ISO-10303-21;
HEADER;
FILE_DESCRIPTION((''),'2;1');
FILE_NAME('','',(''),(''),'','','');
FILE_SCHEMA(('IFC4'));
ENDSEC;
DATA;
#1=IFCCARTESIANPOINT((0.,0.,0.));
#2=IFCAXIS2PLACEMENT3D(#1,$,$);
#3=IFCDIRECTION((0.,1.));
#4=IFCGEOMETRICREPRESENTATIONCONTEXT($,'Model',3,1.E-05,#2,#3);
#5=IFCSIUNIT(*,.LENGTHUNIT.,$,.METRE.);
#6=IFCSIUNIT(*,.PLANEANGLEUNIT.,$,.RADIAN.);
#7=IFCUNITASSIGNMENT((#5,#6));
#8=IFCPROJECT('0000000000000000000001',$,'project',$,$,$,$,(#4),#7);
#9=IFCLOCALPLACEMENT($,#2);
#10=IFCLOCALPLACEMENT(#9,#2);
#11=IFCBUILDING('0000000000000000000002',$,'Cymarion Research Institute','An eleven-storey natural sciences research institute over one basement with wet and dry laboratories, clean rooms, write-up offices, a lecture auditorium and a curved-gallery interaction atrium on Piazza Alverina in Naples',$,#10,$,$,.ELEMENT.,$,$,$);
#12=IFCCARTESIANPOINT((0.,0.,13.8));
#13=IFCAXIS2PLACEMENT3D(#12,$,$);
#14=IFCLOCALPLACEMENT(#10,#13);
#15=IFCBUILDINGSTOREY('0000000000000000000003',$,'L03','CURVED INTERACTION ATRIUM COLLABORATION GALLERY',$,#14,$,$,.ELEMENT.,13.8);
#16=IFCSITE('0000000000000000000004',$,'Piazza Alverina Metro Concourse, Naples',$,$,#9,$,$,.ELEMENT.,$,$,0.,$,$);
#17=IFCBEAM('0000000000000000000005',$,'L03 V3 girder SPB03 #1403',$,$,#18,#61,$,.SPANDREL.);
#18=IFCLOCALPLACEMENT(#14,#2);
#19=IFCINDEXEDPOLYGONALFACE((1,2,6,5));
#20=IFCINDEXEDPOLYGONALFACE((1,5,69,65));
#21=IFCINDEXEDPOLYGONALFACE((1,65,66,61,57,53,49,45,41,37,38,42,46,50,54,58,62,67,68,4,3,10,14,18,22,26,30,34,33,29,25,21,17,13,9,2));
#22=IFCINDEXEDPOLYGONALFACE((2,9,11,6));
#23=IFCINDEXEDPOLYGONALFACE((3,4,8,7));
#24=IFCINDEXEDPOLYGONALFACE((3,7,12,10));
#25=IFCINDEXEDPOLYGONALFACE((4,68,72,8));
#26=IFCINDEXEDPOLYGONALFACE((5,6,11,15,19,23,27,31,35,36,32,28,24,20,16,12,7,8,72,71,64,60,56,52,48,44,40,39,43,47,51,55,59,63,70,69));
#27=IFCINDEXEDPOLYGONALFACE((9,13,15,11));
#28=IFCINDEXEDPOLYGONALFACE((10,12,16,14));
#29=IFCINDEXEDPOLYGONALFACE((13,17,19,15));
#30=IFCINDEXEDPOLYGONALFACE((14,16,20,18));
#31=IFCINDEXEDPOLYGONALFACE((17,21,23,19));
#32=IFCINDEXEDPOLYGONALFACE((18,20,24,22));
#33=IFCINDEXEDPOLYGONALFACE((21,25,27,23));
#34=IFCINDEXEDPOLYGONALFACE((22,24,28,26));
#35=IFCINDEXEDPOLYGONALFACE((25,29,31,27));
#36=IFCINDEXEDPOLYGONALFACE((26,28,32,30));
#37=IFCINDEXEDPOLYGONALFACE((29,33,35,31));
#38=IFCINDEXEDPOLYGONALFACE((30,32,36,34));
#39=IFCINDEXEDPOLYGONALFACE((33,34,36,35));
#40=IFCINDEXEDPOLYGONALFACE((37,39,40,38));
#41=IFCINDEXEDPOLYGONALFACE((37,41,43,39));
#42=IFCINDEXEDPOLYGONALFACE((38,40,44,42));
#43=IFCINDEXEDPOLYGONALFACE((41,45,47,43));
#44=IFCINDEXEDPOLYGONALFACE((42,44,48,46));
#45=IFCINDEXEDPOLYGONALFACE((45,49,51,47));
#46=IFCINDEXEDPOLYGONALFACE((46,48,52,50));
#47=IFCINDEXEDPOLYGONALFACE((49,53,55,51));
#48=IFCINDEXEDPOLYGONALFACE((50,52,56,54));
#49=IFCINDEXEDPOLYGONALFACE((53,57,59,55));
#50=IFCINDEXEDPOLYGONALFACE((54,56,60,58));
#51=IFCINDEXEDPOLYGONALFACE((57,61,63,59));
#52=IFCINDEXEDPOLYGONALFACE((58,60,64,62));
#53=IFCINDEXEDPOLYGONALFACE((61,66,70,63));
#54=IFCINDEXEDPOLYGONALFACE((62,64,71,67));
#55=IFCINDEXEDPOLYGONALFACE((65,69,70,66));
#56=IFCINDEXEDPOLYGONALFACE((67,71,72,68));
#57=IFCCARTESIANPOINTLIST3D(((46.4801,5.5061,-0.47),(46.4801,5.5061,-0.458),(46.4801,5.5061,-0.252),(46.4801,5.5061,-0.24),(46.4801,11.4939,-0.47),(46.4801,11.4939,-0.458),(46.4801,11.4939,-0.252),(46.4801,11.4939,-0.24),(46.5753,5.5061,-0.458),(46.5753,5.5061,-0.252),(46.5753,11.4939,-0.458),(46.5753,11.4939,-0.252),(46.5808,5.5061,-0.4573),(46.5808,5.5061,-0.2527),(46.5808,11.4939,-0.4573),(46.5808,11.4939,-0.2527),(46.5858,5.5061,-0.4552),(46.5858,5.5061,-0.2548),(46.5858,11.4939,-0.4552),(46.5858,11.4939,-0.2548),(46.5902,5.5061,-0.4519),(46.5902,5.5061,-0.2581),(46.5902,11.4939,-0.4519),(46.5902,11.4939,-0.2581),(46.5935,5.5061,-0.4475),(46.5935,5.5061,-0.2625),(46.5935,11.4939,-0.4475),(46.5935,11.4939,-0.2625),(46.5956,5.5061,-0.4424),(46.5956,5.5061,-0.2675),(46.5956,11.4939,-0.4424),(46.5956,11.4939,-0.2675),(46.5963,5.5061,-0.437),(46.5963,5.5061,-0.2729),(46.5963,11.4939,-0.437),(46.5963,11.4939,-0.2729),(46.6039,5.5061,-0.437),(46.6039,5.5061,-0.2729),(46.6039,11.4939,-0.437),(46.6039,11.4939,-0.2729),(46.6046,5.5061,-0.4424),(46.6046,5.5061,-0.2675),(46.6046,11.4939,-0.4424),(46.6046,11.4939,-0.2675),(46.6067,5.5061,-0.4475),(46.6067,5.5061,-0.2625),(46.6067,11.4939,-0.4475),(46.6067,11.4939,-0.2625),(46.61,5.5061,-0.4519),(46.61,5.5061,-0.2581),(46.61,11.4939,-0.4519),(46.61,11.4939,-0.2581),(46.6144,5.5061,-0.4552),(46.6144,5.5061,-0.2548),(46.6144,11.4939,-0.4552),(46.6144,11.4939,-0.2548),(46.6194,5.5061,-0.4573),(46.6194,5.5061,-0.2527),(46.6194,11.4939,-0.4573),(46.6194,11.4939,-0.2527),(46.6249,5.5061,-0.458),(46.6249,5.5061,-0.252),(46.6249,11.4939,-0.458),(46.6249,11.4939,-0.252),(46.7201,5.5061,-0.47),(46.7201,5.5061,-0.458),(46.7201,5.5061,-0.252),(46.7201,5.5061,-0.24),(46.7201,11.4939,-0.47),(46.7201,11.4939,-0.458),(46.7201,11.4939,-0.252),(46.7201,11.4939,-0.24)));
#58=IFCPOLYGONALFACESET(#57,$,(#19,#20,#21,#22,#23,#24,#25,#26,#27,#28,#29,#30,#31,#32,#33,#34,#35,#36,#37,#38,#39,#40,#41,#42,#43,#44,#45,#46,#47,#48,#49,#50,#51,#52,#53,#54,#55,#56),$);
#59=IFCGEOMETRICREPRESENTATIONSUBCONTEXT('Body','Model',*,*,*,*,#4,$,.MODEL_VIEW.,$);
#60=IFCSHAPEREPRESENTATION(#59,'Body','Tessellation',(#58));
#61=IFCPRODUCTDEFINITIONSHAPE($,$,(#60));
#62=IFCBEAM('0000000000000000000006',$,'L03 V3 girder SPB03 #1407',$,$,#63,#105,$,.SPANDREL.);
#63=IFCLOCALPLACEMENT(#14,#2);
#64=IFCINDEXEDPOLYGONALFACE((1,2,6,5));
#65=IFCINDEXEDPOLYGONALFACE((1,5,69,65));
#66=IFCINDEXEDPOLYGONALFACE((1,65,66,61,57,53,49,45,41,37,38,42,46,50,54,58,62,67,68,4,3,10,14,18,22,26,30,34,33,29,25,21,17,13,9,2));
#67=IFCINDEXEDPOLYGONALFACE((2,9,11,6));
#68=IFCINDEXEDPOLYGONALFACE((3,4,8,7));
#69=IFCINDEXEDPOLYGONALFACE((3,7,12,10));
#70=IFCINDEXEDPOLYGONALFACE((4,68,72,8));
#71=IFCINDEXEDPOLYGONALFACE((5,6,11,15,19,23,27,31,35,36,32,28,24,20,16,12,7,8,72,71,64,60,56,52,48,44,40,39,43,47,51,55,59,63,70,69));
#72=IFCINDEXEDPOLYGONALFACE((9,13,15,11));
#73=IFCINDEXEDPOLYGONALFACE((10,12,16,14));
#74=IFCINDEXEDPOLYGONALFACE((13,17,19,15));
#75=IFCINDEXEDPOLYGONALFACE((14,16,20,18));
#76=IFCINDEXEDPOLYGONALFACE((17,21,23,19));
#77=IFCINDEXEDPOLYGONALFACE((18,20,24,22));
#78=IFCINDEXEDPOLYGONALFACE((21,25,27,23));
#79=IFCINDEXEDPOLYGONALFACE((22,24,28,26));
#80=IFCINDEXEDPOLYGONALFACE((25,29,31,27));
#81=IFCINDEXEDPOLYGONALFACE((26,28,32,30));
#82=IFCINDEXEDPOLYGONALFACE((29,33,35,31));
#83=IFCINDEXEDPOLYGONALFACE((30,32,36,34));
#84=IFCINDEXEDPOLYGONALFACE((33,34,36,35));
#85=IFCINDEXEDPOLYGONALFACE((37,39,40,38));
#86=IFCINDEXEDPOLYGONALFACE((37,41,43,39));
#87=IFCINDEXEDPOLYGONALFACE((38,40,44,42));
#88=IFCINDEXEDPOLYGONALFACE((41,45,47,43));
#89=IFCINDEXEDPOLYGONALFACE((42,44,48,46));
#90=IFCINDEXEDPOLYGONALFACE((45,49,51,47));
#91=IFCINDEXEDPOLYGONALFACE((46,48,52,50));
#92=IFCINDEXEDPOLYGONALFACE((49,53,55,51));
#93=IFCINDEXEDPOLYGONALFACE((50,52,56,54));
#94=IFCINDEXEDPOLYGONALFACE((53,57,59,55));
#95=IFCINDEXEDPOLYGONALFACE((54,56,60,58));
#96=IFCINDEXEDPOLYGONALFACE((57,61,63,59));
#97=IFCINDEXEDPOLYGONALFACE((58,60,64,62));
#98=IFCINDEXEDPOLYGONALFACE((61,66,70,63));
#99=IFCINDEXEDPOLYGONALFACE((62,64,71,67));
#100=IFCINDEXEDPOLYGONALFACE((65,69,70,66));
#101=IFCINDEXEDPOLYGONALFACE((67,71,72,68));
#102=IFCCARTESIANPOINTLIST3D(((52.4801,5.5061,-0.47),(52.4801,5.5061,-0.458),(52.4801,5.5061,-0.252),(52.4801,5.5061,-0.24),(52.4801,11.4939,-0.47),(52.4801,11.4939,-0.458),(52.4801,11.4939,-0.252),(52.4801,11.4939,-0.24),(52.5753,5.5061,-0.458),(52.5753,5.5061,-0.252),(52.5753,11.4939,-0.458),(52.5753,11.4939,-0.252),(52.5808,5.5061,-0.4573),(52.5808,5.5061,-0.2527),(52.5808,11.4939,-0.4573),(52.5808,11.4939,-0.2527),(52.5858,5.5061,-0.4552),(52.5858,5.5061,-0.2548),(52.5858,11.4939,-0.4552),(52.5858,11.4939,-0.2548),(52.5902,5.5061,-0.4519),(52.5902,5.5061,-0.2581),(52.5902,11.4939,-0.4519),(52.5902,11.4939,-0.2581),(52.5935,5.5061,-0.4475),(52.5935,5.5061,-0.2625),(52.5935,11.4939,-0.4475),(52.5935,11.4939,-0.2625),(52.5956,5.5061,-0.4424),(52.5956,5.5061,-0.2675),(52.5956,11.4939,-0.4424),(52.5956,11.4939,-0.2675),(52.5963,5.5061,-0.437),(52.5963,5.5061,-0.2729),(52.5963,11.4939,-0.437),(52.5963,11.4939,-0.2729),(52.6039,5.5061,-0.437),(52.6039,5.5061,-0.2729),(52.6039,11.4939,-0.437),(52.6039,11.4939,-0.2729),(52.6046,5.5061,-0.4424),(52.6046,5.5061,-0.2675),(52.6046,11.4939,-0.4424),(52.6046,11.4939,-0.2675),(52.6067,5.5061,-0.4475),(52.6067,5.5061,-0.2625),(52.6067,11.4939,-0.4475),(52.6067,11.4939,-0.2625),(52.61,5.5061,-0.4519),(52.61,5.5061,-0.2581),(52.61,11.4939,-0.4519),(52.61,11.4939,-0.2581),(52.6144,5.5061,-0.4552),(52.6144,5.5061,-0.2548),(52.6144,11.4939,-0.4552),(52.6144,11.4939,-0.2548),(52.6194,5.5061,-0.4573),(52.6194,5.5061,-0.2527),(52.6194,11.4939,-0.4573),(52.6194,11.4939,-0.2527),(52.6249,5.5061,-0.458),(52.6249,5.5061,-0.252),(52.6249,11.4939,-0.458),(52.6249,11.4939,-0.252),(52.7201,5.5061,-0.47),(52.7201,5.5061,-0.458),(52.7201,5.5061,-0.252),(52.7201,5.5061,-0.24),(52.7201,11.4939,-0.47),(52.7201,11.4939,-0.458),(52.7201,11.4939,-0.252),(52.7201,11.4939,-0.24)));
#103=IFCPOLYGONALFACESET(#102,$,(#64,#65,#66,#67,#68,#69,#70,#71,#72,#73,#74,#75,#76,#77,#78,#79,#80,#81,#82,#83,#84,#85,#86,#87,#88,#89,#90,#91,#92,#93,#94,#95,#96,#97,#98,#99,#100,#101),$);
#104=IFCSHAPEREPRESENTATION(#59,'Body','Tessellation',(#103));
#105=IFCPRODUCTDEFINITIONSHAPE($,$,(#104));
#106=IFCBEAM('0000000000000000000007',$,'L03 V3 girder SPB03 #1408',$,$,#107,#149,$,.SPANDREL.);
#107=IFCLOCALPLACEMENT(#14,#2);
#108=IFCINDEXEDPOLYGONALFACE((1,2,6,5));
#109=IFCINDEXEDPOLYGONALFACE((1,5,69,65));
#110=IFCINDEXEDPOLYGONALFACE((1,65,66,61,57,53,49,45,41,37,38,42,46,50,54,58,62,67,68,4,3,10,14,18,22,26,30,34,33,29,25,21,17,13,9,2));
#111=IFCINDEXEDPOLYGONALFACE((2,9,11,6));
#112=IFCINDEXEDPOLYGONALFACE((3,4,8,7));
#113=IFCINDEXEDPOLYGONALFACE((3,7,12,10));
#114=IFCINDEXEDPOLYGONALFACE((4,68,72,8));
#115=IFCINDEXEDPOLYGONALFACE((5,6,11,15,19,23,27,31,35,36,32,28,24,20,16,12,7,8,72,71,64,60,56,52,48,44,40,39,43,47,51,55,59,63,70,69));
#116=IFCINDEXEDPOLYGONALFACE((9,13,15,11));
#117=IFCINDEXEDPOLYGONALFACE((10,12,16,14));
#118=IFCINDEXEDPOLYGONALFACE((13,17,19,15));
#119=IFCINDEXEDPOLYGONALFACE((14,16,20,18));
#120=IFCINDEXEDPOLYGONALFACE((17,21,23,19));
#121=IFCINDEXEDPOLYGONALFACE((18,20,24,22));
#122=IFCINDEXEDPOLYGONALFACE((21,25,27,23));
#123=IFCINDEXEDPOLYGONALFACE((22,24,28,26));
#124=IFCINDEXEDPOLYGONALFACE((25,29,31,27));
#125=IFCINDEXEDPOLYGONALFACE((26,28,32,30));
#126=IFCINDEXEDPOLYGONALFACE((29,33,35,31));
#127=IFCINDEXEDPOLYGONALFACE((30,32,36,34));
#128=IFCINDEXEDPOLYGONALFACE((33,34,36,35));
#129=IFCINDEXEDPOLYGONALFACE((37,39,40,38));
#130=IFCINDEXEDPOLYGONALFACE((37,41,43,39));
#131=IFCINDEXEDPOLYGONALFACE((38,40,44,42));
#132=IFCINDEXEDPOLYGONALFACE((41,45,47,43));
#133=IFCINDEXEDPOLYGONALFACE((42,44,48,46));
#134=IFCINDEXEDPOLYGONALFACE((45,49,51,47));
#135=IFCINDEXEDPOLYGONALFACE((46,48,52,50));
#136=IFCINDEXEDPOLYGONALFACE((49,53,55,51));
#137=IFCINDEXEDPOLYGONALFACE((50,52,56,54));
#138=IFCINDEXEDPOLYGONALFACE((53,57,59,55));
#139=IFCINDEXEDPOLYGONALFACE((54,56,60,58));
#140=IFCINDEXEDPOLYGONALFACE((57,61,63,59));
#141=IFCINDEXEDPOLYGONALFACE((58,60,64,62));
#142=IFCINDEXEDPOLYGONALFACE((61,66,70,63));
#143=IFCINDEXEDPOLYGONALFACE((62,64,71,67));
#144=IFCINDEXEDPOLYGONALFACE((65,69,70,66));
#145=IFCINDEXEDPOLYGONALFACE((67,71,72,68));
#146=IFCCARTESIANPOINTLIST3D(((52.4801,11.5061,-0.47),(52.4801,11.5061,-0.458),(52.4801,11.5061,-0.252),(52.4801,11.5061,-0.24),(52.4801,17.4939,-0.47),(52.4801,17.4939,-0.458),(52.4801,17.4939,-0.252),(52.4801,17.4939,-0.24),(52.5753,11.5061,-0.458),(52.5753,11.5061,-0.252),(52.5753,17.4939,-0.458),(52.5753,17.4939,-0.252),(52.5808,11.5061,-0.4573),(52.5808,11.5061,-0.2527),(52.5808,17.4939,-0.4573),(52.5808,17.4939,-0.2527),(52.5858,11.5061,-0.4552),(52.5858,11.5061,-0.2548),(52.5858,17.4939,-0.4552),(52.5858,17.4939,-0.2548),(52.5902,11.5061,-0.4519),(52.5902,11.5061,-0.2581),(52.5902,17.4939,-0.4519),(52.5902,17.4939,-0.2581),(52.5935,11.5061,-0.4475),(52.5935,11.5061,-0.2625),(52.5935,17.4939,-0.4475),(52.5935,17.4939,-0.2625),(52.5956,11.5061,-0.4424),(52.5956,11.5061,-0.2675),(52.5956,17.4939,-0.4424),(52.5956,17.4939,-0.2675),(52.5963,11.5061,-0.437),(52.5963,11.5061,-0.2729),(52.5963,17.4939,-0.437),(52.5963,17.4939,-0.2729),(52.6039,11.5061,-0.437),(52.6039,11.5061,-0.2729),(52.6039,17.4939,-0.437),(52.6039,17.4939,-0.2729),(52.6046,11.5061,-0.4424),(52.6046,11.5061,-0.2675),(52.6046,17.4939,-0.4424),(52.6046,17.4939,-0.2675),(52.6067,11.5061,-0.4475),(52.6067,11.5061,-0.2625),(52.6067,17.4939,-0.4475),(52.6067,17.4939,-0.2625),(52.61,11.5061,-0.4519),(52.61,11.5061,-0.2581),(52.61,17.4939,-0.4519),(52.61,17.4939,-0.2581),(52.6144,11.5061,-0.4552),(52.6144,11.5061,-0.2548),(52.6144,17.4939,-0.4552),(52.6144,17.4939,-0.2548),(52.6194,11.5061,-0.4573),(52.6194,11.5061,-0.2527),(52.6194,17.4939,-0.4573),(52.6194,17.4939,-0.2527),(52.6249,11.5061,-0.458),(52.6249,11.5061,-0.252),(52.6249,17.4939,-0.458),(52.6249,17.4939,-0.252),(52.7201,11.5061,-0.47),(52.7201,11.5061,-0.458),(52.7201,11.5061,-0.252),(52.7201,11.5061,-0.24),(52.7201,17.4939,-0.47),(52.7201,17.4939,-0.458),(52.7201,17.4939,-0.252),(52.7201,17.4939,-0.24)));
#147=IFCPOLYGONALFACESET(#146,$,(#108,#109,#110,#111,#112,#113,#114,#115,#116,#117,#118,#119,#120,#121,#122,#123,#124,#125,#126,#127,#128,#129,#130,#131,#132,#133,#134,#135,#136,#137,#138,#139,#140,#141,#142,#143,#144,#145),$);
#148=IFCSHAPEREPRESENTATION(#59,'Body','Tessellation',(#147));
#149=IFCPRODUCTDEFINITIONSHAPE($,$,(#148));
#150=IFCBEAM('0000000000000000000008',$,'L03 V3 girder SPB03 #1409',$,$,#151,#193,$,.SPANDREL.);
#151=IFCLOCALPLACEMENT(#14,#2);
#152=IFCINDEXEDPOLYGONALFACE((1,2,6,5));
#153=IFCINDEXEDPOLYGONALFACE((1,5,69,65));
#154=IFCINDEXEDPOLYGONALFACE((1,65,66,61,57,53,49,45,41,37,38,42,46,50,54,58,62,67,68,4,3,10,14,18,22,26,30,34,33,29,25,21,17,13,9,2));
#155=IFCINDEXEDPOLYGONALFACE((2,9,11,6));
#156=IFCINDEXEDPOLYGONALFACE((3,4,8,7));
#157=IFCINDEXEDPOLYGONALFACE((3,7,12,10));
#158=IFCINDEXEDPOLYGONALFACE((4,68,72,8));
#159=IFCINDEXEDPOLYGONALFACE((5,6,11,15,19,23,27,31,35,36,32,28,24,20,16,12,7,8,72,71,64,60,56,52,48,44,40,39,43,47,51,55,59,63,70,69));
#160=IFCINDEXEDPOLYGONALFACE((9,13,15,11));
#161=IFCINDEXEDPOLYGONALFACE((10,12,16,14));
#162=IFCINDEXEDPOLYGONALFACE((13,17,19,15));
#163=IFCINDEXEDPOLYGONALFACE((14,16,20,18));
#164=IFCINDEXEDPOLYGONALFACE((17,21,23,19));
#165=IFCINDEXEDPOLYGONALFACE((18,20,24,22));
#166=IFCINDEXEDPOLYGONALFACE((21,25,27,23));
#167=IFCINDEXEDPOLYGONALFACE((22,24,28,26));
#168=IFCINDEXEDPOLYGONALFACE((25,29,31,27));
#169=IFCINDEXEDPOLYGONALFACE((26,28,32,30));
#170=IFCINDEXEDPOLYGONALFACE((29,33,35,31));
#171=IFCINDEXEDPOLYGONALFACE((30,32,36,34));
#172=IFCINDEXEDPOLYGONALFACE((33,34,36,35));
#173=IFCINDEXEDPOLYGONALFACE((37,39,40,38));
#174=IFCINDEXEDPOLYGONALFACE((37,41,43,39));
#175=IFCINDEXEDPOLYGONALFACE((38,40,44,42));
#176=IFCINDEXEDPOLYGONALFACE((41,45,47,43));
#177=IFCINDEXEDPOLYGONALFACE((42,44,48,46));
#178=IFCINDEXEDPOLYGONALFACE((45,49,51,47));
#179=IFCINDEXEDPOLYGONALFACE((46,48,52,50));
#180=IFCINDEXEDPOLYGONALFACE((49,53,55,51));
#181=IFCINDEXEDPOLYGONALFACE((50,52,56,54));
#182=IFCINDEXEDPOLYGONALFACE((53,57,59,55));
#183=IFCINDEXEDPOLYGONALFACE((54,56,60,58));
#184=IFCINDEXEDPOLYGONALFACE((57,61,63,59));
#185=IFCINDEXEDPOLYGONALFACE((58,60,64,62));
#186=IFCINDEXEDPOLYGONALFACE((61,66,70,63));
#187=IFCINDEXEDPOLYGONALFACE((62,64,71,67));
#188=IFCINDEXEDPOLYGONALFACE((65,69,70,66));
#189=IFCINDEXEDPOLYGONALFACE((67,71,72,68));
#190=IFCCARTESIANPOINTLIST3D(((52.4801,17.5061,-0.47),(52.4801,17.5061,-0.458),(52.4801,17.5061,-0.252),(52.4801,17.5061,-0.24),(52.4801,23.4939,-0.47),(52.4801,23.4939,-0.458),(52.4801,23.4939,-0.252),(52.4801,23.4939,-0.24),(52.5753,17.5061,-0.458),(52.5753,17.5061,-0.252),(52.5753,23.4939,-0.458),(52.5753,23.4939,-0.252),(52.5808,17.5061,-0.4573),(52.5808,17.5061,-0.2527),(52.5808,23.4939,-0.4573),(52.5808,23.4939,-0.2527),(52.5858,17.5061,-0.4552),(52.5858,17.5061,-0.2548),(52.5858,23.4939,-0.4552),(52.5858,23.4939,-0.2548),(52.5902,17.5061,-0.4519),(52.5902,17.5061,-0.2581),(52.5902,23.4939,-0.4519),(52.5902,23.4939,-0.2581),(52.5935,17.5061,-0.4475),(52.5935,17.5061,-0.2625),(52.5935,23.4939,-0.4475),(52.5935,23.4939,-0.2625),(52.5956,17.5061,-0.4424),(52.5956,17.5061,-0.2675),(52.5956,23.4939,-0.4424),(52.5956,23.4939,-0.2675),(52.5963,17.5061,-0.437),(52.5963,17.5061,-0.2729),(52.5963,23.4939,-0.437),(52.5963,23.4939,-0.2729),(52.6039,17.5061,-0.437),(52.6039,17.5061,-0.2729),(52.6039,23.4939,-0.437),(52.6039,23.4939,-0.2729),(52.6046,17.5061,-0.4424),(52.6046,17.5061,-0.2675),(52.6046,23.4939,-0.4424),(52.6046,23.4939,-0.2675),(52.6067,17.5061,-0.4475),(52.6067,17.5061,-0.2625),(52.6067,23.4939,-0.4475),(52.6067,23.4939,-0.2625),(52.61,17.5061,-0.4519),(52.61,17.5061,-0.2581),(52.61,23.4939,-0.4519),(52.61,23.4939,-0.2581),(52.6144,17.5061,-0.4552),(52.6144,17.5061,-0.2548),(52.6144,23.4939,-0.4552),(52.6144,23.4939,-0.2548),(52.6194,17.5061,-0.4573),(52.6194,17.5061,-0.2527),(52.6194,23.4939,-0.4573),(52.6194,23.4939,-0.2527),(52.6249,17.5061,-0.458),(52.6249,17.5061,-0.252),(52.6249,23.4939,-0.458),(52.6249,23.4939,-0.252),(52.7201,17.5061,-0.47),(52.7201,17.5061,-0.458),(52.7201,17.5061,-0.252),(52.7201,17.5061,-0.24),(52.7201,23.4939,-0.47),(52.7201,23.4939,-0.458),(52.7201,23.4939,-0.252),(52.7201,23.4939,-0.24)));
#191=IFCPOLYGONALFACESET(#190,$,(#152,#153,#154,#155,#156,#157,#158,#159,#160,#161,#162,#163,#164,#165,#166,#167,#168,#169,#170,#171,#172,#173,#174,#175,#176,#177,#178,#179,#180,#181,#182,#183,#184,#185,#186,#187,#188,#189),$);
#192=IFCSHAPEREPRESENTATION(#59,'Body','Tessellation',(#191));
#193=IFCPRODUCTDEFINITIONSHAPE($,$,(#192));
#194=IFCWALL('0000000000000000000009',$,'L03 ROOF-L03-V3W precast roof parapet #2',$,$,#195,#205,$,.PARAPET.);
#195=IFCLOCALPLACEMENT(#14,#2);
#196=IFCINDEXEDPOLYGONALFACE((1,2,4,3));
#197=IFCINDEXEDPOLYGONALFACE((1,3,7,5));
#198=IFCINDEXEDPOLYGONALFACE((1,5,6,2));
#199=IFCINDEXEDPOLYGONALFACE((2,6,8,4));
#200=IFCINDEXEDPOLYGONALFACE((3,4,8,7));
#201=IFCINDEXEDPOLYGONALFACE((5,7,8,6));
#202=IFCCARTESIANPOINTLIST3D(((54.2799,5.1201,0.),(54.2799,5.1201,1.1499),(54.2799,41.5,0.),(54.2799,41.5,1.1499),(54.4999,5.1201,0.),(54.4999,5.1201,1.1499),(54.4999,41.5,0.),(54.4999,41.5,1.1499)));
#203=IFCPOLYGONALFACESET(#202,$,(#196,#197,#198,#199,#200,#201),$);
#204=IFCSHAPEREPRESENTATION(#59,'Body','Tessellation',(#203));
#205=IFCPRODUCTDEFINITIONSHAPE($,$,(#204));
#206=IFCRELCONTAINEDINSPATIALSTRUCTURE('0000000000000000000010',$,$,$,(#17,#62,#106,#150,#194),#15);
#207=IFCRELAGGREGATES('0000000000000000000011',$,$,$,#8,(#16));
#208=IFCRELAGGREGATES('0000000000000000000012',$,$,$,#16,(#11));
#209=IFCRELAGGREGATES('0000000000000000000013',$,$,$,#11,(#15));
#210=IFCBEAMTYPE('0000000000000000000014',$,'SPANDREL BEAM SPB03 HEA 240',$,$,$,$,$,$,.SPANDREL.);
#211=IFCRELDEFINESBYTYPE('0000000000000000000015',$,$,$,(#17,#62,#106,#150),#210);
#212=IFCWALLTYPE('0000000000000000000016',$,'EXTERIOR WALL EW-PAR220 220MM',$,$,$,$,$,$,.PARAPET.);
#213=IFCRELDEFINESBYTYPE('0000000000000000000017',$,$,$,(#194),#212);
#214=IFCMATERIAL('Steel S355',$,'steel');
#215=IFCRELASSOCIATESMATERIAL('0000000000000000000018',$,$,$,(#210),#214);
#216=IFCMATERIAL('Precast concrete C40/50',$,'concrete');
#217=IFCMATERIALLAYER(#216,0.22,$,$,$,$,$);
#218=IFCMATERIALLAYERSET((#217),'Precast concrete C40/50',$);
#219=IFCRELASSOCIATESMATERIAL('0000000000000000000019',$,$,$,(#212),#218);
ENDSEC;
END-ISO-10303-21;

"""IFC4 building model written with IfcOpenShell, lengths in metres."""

from ifc_helpers import new_model, si_unit, direction, frame, frame_2d, origin, origin_2d, place, context, subcontext, project, spatial, rectangle, i_section, extrude, material, layer, layer_set, material_profile, profile_set, type_object, element, save


model = new_model("IFC4")

# Units and contexts
model_context = context("Model", 3, precision=1e-05, world=origin(), true_north=direction((0.0, 1.0)))
body_context = subcontext(model_context, "Body", "Model", "MODEL_VIEW")
ifc_project = project(units=[si_unit("LENGTHUNIT", "METRE"), si_unit("PLANEANGLEUNIT", "RADIAN")], contexts=[model_context])

# Site, building, storey
site_placement = place(None, origin())
site = spatial("IfcSite", under=ifc_project, at=site_placement, Name="Piazza Alverina Metro Concourse, Naples", CompositionType="ELEMENT", RefElevation=0.0)
building_placement = place(site_placement, origin())
building = spatial("IfcBuilding", under=site, at=building_placement, Name="Cymarion Research Institute", Description="An eleven-storey natural sciences research institute over one basement with wet and dry laboratories, clean rooms, write-up offices, a lecture auditorium and a curved-gallery interaction atrium on Piazza Alverina in Naples", CompositionType="ELEMENT")
storey_placement = place(building_placement, frame((0.0, 0.0, 13.8)))
storey = spatial("IfcBuildingStorey", under=building, at=storey_placement, Name="L03", Description="CURVED INTERACTION ATRIUM COLLABORATION GALLERY", CompositionType="ELEMENT", Elevation=13.8)

# Beams
ifc_material_1 = material(Name="Steel S355", Category="steel")
ifc_material_profile_1 = material_profile(ifc_material_1, i_section(OverallWidth=0.24, OverallDepth=0.23, WebThickness=0.0076, FlangeThickness=0.012, FilletRadius=0.021, at=origin_2d()), Name="HEA 240")
ifc_profile_set_1 = profile_set([ifc_material_profile_1], Name="Steel S355")
beam_type_1 = type_object("IfcBeamType", Name="SPANDREL BEAM SPB03 HEA 240", PredefinedType="SPANDREL", material=ifc_profile_set_1)
for number, where, z_axis, x_axis, name in (
    (1, (46.6001, 5.5061, -0.355), (0.0, 1.0, 0.0), (-1.0, 0.0, 0.0), "L03 V3 girder SPB03 #1403"),
    (2, (52.6001, 5.5061, -0.355), (0.0, 1.0, 0.0), (-1.0, 0.0, 0.0), "L03 V3 girder SPB03 #1407"),
    (3, (52.6001, 11.5061, -0.355), (0.0, 1.0, 0.0), (-1.0, 0.0, 0.0), "L03 V3 girder SPB03 #1408"),
    (4, (52.6001, 17.5061, -0.355), (0.0, 1.0, 0.0), (-1.0, 0.0, 0.0), "L03 V3 girder SPB03 #1409"),
):
    element("IfcBeam", number, at=place(storey_placement, frame(where, z_axis=z_axis, x_axis=x_axis)), inside=storey, type_object=beam_type_1, Name=name, PredefinedType="SPANDREL", context=body_context, shape_type="SweptSolid", body=[
        extrude(i_section(OverallWidth=0.24, OverallDepth=0.23, WebThickness=0.0076, FlangeThickness=0.012, FilletRadius=0.021, at=origin_2d()), origin(), (0.0, 0.0, 1.0), 5.9878),
    ])

# Wall
ifc_material_2 = material(Name="Precast concrete C40/50", Category="concrete")
ifc_layer = layer(ifc_material_2, 0.22)
ifc_layer_set = layer_set([ifc_layer], Name="Precast concrete C40/50")
wall_type = type_object("IfcWallType", Name="EXTERIOR WALL EW-PAR220 220MM", PredefinedType="PARAPET", material=ifc_layer_set)
wall_placement = place(storey_placement, frame((54.3899, 5.1201, 0.0), z_axis=(0.0, 0.0, 1.0), x_axis=(0.0, 1.0, 0.0)))
element("IfcWall", 5, at=wall_placement, inside=storey, type_object=wall_type, Name="L03 ROOF-L03-V3W precast roof parapet #2", PredefinedType="PARAPET", context=body_context, shape_type="SweptSolid", body=[
    extrude(rectangle(XDim=36.3799, YDim=0.22, at=frame_2d((18.1899, 0.0))), origin(), (0.0, 0.0, 1.0), 1.1499),
])

save(model, "model.ifc")
